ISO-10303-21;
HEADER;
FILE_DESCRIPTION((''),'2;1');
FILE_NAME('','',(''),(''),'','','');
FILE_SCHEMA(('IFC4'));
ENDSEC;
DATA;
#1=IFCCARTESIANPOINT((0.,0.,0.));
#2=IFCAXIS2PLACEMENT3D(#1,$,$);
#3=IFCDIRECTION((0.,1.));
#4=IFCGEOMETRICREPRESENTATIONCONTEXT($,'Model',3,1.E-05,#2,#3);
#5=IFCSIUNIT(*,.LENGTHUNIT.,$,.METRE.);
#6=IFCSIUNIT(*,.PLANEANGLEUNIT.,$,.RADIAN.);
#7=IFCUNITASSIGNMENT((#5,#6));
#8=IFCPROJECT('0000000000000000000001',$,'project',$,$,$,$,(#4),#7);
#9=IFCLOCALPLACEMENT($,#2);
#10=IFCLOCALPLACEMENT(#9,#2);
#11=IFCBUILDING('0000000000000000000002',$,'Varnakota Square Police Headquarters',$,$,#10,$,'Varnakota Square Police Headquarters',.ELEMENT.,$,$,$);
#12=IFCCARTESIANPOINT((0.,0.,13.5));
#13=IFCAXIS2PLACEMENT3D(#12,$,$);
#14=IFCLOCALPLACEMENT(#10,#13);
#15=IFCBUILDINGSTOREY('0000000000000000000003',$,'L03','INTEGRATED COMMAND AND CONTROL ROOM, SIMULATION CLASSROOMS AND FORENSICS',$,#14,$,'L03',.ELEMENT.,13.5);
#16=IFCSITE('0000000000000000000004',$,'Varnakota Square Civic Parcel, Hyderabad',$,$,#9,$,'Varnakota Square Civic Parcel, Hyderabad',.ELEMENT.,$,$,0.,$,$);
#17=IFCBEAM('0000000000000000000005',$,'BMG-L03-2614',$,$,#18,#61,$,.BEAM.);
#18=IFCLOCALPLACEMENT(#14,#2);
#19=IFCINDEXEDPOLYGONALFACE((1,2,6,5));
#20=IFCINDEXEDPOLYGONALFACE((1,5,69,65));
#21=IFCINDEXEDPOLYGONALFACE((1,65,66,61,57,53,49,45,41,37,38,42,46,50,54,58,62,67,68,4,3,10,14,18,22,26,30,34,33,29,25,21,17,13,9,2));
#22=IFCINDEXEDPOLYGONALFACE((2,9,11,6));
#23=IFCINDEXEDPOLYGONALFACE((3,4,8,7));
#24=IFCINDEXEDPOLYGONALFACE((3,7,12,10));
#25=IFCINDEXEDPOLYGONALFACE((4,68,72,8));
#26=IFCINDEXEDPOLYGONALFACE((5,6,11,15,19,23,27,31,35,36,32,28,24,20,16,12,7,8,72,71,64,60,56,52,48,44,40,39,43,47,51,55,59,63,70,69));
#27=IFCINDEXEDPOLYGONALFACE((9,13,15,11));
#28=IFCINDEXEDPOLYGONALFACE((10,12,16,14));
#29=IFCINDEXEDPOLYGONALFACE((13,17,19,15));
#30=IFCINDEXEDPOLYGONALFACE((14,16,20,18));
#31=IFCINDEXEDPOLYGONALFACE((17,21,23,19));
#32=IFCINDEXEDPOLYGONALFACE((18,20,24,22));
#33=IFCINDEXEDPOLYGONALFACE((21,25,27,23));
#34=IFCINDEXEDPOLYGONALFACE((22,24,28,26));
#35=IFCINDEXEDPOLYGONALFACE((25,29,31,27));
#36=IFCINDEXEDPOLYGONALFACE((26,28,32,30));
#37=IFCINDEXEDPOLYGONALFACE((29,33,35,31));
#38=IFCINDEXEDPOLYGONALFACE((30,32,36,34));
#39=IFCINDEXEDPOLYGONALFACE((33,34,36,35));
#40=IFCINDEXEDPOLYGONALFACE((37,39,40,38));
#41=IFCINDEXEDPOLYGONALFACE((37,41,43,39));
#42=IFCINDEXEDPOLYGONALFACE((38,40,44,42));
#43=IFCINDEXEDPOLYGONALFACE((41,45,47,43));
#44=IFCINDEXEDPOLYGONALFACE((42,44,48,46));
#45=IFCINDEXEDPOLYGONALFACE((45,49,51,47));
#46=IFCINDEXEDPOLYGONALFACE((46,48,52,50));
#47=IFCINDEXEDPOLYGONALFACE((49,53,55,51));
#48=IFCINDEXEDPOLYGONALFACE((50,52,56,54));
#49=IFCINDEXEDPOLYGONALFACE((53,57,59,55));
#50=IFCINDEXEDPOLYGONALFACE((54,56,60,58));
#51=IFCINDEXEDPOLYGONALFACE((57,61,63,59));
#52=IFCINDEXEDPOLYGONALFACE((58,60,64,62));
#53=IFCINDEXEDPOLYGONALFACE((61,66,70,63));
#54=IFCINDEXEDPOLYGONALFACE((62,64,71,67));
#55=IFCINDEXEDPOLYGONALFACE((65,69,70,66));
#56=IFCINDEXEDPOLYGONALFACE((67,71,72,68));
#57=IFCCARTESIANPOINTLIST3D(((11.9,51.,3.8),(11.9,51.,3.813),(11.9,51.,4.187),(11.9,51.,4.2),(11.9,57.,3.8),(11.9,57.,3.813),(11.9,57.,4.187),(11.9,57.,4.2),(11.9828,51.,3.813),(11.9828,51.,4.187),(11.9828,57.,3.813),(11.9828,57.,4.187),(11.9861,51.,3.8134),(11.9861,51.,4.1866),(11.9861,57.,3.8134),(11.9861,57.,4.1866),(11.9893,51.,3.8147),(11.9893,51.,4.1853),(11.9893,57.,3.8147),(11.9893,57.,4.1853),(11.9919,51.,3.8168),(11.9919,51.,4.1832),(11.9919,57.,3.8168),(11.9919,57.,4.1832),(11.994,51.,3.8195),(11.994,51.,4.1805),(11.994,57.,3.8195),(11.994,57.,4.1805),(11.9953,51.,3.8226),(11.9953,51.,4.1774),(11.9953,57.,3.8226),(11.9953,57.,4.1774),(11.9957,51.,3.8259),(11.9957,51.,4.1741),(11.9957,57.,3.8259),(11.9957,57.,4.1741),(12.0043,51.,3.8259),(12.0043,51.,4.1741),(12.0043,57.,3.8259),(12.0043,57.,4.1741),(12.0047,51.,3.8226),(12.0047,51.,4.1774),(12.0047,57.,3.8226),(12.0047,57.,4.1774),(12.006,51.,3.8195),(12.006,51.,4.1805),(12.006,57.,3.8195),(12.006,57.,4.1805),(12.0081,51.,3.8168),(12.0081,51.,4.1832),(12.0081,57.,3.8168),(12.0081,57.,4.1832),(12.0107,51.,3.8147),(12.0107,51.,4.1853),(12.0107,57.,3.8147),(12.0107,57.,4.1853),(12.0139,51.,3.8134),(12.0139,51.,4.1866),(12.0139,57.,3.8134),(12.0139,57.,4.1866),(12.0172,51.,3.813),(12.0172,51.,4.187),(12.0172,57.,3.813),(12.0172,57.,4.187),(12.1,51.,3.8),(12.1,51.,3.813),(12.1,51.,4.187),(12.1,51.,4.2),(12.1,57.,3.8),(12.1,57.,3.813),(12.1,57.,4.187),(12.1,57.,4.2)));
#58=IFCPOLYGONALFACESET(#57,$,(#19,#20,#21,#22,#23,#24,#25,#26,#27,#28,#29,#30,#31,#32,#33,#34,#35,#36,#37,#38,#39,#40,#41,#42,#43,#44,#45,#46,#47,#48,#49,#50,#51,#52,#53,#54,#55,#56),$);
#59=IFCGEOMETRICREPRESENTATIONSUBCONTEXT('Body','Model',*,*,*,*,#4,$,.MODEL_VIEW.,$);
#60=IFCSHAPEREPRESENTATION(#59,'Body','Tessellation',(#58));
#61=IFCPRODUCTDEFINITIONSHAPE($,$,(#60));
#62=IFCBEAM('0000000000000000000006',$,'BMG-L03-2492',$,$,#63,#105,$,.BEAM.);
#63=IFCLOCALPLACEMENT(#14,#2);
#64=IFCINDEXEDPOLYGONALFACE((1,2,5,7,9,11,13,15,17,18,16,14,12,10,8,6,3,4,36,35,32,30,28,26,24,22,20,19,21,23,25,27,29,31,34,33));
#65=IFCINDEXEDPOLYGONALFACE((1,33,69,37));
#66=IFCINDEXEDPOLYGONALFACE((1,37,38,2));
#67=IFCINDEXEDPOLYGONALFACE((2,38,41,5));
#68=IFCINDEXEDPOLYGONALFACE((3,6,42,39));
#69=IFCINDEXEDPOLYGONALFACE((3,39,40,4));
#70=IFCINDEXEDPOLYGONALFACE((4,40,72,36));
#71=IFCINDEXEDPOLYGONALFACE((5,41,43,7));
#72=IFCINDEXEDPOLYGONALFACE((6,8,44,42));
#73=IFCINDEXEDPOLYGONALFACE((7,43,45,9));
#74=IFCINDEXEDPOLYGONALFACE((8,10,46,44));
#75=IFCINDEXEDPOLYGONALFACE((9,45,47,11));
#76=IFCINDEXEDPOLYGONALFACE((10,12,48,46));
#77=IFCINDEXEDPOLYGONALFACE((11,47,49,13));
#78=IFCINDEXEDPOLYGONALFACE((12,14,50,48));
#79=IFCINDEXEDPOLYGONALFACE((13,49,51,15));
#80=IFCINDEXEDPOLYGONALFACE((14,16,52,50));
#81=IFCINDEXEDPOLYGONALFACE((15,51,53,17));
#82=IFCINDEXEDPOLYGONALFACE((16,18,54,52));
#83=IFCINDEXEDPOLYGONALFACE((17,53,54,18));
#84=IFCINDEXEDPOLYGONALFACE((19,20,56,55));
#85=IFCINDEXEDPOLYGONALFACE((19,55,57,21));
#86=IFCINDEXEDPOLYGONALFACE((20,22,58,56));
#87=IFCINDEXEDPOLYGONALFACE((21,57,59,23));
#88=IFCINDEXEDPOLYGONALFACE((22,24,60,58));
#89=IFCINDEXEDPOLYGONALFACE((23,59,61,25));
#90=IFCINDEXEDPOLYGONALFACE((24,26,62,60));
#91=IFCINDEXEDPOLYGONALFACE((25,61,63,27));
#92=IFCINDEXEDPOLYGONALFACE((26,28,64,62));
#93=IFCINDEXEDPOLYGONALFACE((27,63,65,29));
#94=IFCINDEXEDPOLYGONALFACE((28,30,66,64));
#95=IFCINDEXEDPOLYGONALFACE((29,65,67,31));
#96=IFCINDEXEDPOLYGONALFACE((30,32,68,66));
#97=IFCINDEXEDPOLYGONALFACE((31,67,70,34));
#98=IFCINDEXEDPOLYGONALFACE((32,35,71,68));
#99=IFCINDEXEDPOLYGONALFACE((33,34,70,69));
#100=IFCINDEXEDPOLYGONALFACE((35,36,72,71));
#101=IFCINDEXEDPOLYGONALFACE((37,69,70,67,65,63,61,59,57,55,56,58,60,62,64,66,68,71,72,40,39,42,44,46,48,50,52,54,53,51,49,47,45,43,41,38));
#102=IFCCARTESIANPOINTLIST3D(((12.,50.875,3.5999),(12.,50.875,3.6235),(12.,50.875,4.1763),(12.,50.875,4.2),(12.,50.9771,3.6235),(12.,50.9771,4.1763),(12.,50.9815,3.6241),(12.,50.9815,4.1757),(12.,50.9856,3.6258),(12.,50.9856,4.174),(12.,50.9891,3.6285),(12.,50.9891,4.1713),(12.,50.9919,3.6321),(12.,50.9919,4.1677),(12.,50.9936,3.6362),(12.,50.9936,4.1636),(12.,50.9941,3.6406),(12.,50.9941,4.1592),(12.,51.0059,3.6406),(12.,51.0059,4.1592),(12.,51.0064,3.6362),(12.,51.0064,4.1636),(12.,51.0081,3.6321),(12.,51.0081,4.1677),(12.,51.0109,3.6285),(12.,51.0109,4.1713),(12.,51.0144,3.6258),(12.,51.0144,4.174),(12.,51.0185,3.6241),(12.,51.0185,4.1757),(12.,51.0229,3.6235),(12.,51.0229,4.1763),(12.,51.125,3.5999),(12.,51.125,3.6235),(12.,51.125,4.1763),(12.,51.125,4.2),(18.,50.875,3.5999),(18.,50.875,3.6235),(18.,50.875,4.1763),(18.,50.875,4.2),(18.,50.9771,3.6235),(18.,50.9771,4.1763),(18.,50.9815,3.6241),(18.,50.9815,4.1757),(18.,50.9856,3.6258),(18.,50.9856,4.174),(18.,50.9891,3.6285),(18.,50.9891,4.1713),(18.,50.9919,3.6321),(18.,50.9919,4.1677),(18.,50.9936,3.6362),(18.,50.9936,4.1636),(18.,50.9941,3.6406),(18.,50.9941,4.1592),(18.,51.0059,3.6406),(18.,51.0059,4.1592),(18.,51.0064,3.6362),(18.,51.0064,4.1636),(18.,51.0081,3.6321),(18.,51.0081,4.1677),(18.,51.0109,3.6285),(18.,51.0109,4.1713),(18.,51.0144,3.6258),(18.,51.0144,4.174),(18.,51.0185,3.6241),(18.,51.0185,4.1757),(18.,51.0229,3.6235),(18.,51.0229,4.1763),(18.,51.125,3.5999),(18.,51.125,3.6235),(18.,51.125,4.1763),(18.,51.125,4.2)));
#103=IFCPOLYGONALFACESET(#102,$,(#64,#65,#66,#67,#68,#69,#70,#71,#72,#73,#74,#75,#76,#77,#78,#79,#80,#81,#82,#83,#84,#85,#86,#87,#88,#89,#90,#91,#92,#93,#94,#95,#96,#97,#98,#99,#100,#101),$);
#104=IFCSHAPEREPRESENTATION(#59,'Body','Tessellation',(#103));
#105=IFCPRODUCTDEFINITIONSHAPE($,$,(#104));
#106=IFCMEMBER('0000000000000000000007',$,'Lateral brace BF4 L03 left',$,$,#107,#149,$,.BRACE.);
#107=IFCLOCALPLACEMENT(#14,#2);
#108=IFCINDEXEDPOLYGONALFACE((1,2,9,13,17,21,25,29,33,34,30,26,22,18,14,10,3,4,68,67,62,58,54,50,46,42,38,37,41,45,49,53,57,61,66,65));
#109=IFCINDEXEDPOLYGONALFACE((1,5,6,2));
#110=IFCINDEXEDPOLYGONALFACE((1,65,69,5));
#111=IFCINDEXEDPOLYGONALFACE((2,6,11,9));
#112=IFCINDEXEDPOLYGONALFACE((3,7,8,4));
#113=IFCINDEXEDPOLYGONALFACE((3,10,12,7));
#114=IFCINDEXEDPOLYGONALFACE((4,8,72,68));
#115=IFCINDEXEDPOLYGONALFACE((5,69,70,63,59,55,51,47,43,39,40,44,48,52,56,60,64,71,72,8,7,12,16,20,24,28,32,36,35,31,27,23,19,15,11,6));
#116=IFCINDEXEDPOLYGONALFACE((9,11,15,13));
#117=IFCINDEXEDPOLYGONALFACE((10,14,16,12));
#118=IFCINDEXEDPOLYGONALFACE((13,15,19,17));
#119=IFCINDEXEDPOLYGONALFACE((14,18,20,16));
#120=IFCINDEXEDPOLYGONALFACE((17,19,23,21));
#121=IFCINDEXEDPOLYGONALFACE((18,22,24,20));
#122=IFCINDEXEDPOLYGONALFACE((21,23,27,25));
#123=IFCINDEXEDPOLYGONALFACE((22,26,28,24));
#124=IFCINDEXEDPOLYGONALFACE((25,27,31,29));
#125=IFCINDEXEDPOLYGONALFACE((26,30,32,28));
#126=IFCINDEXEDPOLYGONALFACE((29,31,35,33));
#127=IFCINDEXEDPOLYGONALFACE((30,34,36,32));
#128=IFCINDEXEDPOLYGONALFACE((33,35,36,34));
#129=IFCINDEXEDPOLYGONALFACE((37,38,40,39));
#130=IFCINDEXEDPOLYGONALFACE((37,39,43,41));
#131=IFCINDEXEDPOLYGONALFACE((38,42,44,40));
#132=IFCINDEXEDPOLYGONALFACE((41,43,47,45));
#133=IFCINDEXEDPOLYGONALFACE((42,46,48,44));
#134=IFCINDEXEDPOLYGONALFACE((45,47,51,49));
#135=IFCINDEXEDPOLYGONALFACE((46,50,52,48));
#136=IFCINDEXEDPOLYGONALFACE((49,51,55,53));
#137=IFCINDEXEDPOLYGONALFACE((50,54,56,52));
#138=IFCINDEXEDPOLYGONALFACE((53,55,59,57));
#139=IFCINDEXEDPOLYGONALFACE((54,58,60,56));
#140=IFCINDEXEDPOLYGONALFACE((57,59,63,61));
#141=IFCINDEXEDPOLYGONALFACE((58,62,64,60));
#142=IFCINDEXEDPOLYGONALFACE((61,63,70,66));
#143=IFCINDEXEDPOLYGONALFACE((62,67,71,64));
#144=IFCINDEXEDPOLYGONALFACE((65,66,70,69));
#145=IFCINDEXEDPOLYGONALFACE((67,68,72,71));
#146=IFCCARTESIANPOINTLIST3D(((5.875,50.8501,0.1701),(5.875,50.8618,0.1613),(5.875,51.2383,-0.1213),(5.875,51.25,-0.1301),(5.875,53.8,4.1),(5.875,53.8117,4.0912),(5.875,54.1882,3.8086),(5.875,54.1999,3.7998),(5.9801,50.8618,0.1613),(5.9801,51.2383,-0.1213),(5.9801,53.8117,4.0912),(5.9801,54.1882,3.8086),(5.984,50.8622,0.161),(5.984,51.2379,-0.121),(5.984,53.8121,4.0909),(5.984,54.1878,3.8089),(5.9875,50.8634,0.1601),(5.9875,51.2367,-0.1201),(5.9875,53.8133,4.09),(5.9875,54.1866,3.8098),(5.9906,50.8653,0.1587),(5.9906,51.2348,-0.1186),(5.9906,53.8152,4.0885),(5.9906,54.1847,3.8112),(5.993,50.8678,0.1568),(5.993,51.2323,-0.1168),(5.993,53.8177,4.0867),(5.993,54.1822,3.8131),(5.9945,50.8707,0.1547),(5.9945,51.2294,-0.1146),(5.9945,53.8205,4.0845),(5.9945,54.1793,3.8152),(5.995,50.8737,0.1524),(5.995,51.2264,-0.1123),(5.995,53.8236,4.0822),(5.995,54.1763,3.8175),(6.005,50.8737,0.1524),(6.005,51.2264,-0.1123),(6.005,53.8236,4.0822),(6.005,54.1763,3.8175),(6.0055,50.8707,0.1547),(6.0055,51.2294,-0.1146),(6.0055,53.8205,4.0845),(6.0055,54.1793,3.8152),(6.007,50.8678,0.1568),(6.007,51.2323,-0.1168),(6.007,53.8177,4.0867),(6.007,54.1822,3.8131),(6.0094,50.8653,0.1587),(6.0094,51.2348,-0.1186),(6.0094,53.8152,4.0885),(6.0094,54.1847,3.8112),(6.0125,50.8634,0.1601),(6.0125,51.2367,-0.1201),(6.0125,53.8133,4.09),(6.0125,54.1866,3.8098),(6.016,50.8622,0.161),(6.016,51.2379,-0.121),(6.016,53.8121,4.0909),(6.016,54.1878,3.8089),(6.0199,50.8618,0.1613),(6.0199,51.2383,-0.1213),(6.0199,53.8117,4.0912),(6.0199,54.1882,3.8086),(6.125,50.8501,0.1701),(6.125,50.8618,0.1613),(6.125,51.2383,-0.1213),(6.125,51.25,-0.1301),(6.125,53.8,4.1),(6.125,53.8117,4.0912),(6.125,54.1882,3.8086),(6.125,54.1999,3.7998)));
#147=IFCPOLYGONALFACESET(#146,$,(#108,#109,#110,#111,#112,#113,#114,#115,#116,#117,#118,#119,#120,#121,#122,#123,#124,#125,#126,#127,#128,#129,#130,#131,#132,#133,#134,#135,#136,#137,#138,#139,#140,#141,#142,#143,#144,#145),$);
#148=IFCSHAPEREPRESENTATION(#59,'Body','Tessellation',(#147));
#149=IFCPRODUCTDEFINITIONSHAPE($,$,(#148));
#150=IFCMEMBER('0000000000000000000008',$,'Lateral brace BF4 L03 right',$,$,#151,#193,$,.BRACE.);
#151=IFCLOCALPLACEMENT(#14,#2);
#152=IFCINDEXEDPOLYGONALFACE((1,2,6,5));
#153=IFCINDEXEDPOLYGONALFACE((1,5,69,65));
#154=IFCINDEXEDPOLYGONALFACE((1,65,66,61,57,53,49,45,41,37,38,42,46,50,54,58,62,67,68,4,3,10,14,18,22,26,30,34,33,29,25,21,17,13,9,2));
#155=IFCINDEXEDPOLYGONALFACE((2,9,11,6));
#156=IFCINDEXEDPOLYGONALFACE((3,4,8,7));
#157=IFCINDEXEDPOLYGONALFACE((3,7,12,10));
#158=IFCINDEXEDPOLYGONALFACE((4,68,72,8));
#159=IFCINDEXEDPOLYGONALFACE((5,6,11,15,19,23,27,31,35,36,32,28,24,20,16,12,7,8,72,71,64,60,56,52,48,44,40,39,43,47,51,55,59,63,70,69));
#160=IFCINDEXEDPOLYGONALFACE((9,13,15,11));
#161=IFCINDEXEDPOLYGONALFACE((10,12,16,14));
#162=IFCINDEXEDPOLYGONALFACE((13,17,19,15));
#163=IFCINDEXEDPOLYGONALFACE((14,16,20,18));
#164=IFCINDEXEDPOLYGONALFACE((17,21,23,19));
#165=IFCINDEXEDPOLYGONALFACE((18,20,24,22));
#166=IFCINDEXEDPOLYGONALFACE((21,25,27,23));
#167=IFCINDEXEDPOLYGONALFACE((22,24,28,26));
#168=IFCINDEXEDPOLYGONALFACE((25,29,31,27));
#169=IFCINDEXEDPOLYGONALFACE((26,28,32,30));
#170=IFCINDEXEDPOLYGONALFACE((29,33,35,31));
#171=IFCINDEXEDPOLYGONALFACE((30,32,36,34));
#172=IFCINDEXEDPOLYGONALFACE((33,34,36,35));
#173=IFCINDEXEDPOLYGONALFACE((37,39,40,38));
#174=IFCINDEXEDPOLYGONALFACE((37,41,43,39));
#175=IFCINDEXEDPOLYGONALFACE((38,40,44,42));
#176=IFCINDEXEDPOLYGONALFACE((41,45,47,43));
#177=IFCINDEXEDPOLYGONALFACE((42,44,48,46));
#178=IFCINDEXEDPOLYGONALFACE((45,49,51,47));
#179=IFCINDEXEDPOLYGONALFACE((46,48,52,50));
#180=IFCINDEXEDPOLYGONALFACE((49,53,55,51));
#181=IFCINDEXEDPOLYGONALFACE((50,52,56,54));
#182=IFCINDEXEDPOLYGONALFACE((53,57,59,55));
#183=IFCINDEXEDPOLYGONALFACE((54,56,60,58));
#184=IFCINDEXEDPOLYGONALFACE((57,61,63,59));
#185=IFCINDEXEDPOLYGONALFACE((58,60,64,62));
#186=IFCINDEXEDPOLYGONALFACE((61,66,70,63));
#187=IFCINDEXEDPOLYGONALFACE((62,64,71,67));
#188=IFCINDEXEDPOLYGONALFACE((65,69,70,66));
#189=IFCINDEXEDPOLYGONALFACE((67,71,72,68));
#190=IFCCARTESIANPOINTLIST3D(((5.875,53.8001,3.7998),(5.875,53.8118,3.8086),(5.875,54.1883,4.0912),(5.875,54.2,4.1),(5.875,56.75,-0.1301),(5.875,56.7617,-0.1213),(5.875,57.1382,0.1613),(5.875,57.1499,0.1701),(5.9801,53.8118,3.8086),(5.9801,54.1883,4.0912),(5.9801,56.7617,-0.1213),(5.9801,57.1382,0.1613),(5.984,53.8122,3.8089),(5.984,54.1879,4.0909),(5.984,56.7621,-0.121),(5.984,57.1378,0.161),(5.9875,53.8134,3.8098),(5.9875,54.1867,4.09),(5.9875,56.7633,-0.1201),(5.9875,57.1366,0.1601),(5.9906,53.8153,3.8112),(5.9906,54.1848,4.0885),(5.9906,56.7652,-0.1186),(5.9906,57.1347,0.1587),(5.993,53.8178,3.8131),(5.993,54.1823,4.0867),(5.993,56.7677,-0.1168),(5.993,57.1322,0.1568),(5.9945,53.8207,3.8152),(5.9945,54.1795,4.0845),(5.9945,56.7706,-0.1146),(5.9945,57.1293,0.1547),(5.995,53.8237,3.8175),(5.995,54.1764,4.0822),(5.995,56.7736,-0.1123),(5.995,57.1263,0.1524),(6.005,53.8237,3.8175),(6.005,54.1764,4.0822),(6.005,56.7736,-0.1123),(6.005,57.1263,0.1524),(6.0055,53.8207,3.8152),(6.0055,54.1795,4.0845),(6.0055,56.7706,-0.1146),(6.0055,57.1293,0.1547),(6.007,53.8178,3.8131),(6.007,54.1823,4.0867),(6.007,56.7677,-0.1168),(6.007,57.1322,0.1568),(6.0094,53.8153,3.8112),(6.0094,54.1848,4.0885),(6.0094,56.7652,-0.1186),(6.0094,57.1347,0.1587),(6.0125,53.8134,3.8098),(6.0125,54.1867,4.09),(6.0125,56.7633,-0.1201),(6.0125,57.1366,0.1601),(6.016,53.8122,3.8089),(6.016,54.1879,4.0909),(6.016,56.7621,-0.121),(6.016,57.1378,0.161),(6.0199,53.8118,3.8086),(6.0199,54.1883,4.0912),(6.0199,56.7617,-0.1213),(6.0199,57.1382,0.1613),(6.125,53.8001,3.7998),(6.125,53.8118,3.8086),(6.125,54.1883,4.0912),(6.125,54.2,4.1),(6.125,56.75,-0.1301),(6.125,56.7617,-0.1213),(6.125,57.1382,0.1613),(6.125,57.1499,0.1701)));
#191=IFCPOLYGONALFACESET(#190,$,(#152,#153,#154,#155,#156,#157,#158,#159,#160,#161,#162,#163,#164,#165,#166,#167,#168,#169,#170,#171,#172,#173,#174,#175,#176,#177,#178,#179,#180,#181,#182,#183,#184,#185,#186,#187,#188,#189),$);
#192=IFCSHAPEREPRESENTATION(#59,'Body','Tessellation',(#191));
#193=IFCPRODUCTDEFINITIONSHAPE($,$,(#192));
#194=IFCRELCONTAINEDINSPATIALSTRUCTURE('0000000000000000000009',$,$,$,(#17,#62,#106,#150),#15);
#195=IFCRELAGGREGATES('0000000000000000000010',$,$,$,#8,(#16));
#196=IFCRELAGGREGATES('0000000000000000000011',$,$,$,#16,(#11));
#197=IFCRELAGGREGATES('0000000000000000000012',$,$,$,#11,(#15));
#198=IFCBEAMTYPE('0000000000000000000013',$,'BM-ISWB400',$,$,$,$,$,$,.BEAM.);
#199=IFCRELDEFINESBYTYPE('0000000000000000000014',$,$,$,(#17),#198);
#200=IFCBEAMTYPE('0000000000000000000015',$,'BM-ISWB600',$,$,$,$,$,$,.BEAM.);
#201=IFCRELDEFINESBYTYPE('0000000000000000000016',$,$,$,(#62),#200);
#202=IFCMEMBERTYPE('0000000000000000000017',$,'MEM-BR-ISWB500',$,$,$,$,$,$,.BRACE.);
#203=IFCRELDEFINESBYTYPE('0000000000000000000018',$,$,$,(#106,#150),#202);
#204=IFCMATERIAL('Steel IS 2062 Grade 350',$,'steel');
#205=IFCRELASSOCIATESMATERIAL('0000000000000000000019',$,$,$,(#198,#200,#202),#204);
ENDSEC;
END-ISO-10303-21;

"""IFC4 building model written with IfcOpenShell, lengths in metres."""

from ifc_helpers import new_model, si_unit, direction, frame, origin, origin_2d, place, context, subcontext, project, spatial, i_section, extrude, material, material_profile, profile_set, type_object, element, save


model = new_model("IFC4")

# Units and contexts
model_context = context("Model", 3, precision=1e-05, world=origin(), true_north=direction((0.0, 1.0)))
body_context = subcontext(model_context, "Body", "Model", "MODEL_VIEW")
ifc_project = project(units=[si_unit("LENGTHUNIT", "METRE"), si_unit("PLANEANGLEUNIT", "RADIAN")], contexts=[model_context])

# Site, building, storey
site_placement = place(None, origin())
site = spatial("IfcSite", under=ifc_project, at=site_placement, Name="Varnakota Square Civic Parcel, Hyderabad", LongName="Varnakota Square Civic Parcel, Hyderabad", CompositionType="ELEMENT", RefElevation=0.0)
building_placement = place(site_placement, origin())
building = spatial("IfcBuilding", under=site, at=building_placement, Name="Varnakota Square Police Headquarters", LongName="Varnakota Square Police Headquarters", CompositionType="ELEMENT")
storey_placement = place(building_placement, frame((0.0, 0.0, 13.5)))
storey = spatial("IfcBuildingStorey", under=building, at=storey_placement, Name="L03", Description="INTEGRATED COMMAND AND CONTROL ROOM, SIMULATION CLASSROOMS AND FORENSICS", LongName="L03", CompositionType="ELEMENT", Elevation=13.5)

# Shared definitions
ifc_material_1 = material(Name="Steel IS 2062 Grade 350", Category="steel")

# Beams
ifc_material_profile_1 = material_profile(ifc_material_1, i_section(OverallWidth=0.2, OverallDepth=0.3999, WebThickness=0.0085, FlangeThickness=0.0129, FilletRadius=0.0129, at=origin_2d()), Name="ISWB 400")
ifc_profile_set_1 = profile_set([ifc_material_profile_1], Name="Steel IS 2062 Grade 350")
beam_type_1 = type_object("IfcBeamType", Name="BM-ISWB400", PredefinedType="BEAM", material=ifc_profile_set_1)
for number, where, z_axis, x_axis, name in (
    (1, (12.0, 51.0, 4.0), (0.0, 1.0, 0.0), (-1.0, 0.0, 0.0), "BMG-L03-2614"),
):
    element("IfcBeam", number, at=place(storey_placement, frame(where, z_axis=z_axis, x_axis=x_axis)), inside=storey, type_object=beam_type_1, Name=name, PredefinedType="BEAM", context=body_context, shape_type="SweptSolid", body=[
        extrude(i_section(OverallWidth=0.2, OverallDepth=0.3999, WebThickness=0.0085, FlangeThickness=0.0129, FilletRadius=0.0129, at=origin_2d()), origin(), (0.0, 0.0, 1.0), 6.0),
    ])
ifc_material_profile_2 = material_profile(ifc_material_1, i_section(OverallWidth=0.25, OverallDepth=0.6001, WebThickness=0.0117, FlangeThickness=0.0237, FilletRadius=0.0171, at=origin_2d()), Name="ISWB 600")
ifc_profile_set_2 = profile_set([ifc_material_profile_2], Name="Steel IS 2062 Grade 350")
beam_type_2 = type_object("IfcBeamType", Name="BM-ISWB600", PredefinedType="BEAM", material=ifc_profile_set_2)
beam_1_placement = place(storey_placement, frame((12.0, 51.0, 3.8999), z_axis=(1.0, 0.0, 0.0), x_axis=(0.0, 1.0, 0.0)))
element("IfcBeam", 2, at=beam_1_placement, inside=storey, type_object=beam_type_2, Name="BMG-L03-2492", PredefinedType="BEAM", context=body_context, shape_type="SweptSolid", body=[
    extrude(i_section(OverallWidth=0.25, OverallDepth=0.6001, WebThickness=0.0117, FlangeThickness=0.0237, FilletRadius=0.0171, at=origin_2d()), origin(), (0.0, 0.0, 1.0), 6.0),
])

# Members
ifc_material_profile_3 = material_profile(ifc_material_1, i_section(OverallWidth=0.25, OverallDepth=0.5, WebThickness=0.01, FlangeThickness=0.0146, FilletRadius=0.0149, at=origin_2d()), Name="ISWB 500")
ifc_profile_set_3 = profile_set([ifc_material_profile_3], Name="Steel IS 2062 Grade 350")
member_type = type_object("IfcMemberType", Name="MEM-BR-ISWB500", PredefinedType="BRACE", material=ifc_profile_set_3)
for number, where, z_axis, x_axis, name in (
    (3, (6.0, 51.05, 0.02), (0.0, 0.600326, 0.799755), (-1.0, 0.0, 0.0), "Lateral brace BF4 L03 left"),
    (4, (6.0, 56.95, 0.02), (0.0, -0.600326, 0.799755), (1.0, 0.0, 0.0), "Lateral brace BF4 L03 right"),
):
    element("IfcMember", number, at=place(storey_placement, frame(where, z_axis=z_axis, x_axis=x_axis)), inside=storey, type_object=member_type, Name=name, PredefinedType="BRACE", context=body_context, shape_type="SweptSolid", body=[
        extrude(i_section(OverallWidth=0.25, OverallDepth=0.5, WebThickness=0.01, FlangeThickness=0.0146, FilletRadius=0.0149, at=origin_2d()), origin(), (0.0, 0.0, 1.0), 4.9138),
    ])

save(model, "model.ifc")
